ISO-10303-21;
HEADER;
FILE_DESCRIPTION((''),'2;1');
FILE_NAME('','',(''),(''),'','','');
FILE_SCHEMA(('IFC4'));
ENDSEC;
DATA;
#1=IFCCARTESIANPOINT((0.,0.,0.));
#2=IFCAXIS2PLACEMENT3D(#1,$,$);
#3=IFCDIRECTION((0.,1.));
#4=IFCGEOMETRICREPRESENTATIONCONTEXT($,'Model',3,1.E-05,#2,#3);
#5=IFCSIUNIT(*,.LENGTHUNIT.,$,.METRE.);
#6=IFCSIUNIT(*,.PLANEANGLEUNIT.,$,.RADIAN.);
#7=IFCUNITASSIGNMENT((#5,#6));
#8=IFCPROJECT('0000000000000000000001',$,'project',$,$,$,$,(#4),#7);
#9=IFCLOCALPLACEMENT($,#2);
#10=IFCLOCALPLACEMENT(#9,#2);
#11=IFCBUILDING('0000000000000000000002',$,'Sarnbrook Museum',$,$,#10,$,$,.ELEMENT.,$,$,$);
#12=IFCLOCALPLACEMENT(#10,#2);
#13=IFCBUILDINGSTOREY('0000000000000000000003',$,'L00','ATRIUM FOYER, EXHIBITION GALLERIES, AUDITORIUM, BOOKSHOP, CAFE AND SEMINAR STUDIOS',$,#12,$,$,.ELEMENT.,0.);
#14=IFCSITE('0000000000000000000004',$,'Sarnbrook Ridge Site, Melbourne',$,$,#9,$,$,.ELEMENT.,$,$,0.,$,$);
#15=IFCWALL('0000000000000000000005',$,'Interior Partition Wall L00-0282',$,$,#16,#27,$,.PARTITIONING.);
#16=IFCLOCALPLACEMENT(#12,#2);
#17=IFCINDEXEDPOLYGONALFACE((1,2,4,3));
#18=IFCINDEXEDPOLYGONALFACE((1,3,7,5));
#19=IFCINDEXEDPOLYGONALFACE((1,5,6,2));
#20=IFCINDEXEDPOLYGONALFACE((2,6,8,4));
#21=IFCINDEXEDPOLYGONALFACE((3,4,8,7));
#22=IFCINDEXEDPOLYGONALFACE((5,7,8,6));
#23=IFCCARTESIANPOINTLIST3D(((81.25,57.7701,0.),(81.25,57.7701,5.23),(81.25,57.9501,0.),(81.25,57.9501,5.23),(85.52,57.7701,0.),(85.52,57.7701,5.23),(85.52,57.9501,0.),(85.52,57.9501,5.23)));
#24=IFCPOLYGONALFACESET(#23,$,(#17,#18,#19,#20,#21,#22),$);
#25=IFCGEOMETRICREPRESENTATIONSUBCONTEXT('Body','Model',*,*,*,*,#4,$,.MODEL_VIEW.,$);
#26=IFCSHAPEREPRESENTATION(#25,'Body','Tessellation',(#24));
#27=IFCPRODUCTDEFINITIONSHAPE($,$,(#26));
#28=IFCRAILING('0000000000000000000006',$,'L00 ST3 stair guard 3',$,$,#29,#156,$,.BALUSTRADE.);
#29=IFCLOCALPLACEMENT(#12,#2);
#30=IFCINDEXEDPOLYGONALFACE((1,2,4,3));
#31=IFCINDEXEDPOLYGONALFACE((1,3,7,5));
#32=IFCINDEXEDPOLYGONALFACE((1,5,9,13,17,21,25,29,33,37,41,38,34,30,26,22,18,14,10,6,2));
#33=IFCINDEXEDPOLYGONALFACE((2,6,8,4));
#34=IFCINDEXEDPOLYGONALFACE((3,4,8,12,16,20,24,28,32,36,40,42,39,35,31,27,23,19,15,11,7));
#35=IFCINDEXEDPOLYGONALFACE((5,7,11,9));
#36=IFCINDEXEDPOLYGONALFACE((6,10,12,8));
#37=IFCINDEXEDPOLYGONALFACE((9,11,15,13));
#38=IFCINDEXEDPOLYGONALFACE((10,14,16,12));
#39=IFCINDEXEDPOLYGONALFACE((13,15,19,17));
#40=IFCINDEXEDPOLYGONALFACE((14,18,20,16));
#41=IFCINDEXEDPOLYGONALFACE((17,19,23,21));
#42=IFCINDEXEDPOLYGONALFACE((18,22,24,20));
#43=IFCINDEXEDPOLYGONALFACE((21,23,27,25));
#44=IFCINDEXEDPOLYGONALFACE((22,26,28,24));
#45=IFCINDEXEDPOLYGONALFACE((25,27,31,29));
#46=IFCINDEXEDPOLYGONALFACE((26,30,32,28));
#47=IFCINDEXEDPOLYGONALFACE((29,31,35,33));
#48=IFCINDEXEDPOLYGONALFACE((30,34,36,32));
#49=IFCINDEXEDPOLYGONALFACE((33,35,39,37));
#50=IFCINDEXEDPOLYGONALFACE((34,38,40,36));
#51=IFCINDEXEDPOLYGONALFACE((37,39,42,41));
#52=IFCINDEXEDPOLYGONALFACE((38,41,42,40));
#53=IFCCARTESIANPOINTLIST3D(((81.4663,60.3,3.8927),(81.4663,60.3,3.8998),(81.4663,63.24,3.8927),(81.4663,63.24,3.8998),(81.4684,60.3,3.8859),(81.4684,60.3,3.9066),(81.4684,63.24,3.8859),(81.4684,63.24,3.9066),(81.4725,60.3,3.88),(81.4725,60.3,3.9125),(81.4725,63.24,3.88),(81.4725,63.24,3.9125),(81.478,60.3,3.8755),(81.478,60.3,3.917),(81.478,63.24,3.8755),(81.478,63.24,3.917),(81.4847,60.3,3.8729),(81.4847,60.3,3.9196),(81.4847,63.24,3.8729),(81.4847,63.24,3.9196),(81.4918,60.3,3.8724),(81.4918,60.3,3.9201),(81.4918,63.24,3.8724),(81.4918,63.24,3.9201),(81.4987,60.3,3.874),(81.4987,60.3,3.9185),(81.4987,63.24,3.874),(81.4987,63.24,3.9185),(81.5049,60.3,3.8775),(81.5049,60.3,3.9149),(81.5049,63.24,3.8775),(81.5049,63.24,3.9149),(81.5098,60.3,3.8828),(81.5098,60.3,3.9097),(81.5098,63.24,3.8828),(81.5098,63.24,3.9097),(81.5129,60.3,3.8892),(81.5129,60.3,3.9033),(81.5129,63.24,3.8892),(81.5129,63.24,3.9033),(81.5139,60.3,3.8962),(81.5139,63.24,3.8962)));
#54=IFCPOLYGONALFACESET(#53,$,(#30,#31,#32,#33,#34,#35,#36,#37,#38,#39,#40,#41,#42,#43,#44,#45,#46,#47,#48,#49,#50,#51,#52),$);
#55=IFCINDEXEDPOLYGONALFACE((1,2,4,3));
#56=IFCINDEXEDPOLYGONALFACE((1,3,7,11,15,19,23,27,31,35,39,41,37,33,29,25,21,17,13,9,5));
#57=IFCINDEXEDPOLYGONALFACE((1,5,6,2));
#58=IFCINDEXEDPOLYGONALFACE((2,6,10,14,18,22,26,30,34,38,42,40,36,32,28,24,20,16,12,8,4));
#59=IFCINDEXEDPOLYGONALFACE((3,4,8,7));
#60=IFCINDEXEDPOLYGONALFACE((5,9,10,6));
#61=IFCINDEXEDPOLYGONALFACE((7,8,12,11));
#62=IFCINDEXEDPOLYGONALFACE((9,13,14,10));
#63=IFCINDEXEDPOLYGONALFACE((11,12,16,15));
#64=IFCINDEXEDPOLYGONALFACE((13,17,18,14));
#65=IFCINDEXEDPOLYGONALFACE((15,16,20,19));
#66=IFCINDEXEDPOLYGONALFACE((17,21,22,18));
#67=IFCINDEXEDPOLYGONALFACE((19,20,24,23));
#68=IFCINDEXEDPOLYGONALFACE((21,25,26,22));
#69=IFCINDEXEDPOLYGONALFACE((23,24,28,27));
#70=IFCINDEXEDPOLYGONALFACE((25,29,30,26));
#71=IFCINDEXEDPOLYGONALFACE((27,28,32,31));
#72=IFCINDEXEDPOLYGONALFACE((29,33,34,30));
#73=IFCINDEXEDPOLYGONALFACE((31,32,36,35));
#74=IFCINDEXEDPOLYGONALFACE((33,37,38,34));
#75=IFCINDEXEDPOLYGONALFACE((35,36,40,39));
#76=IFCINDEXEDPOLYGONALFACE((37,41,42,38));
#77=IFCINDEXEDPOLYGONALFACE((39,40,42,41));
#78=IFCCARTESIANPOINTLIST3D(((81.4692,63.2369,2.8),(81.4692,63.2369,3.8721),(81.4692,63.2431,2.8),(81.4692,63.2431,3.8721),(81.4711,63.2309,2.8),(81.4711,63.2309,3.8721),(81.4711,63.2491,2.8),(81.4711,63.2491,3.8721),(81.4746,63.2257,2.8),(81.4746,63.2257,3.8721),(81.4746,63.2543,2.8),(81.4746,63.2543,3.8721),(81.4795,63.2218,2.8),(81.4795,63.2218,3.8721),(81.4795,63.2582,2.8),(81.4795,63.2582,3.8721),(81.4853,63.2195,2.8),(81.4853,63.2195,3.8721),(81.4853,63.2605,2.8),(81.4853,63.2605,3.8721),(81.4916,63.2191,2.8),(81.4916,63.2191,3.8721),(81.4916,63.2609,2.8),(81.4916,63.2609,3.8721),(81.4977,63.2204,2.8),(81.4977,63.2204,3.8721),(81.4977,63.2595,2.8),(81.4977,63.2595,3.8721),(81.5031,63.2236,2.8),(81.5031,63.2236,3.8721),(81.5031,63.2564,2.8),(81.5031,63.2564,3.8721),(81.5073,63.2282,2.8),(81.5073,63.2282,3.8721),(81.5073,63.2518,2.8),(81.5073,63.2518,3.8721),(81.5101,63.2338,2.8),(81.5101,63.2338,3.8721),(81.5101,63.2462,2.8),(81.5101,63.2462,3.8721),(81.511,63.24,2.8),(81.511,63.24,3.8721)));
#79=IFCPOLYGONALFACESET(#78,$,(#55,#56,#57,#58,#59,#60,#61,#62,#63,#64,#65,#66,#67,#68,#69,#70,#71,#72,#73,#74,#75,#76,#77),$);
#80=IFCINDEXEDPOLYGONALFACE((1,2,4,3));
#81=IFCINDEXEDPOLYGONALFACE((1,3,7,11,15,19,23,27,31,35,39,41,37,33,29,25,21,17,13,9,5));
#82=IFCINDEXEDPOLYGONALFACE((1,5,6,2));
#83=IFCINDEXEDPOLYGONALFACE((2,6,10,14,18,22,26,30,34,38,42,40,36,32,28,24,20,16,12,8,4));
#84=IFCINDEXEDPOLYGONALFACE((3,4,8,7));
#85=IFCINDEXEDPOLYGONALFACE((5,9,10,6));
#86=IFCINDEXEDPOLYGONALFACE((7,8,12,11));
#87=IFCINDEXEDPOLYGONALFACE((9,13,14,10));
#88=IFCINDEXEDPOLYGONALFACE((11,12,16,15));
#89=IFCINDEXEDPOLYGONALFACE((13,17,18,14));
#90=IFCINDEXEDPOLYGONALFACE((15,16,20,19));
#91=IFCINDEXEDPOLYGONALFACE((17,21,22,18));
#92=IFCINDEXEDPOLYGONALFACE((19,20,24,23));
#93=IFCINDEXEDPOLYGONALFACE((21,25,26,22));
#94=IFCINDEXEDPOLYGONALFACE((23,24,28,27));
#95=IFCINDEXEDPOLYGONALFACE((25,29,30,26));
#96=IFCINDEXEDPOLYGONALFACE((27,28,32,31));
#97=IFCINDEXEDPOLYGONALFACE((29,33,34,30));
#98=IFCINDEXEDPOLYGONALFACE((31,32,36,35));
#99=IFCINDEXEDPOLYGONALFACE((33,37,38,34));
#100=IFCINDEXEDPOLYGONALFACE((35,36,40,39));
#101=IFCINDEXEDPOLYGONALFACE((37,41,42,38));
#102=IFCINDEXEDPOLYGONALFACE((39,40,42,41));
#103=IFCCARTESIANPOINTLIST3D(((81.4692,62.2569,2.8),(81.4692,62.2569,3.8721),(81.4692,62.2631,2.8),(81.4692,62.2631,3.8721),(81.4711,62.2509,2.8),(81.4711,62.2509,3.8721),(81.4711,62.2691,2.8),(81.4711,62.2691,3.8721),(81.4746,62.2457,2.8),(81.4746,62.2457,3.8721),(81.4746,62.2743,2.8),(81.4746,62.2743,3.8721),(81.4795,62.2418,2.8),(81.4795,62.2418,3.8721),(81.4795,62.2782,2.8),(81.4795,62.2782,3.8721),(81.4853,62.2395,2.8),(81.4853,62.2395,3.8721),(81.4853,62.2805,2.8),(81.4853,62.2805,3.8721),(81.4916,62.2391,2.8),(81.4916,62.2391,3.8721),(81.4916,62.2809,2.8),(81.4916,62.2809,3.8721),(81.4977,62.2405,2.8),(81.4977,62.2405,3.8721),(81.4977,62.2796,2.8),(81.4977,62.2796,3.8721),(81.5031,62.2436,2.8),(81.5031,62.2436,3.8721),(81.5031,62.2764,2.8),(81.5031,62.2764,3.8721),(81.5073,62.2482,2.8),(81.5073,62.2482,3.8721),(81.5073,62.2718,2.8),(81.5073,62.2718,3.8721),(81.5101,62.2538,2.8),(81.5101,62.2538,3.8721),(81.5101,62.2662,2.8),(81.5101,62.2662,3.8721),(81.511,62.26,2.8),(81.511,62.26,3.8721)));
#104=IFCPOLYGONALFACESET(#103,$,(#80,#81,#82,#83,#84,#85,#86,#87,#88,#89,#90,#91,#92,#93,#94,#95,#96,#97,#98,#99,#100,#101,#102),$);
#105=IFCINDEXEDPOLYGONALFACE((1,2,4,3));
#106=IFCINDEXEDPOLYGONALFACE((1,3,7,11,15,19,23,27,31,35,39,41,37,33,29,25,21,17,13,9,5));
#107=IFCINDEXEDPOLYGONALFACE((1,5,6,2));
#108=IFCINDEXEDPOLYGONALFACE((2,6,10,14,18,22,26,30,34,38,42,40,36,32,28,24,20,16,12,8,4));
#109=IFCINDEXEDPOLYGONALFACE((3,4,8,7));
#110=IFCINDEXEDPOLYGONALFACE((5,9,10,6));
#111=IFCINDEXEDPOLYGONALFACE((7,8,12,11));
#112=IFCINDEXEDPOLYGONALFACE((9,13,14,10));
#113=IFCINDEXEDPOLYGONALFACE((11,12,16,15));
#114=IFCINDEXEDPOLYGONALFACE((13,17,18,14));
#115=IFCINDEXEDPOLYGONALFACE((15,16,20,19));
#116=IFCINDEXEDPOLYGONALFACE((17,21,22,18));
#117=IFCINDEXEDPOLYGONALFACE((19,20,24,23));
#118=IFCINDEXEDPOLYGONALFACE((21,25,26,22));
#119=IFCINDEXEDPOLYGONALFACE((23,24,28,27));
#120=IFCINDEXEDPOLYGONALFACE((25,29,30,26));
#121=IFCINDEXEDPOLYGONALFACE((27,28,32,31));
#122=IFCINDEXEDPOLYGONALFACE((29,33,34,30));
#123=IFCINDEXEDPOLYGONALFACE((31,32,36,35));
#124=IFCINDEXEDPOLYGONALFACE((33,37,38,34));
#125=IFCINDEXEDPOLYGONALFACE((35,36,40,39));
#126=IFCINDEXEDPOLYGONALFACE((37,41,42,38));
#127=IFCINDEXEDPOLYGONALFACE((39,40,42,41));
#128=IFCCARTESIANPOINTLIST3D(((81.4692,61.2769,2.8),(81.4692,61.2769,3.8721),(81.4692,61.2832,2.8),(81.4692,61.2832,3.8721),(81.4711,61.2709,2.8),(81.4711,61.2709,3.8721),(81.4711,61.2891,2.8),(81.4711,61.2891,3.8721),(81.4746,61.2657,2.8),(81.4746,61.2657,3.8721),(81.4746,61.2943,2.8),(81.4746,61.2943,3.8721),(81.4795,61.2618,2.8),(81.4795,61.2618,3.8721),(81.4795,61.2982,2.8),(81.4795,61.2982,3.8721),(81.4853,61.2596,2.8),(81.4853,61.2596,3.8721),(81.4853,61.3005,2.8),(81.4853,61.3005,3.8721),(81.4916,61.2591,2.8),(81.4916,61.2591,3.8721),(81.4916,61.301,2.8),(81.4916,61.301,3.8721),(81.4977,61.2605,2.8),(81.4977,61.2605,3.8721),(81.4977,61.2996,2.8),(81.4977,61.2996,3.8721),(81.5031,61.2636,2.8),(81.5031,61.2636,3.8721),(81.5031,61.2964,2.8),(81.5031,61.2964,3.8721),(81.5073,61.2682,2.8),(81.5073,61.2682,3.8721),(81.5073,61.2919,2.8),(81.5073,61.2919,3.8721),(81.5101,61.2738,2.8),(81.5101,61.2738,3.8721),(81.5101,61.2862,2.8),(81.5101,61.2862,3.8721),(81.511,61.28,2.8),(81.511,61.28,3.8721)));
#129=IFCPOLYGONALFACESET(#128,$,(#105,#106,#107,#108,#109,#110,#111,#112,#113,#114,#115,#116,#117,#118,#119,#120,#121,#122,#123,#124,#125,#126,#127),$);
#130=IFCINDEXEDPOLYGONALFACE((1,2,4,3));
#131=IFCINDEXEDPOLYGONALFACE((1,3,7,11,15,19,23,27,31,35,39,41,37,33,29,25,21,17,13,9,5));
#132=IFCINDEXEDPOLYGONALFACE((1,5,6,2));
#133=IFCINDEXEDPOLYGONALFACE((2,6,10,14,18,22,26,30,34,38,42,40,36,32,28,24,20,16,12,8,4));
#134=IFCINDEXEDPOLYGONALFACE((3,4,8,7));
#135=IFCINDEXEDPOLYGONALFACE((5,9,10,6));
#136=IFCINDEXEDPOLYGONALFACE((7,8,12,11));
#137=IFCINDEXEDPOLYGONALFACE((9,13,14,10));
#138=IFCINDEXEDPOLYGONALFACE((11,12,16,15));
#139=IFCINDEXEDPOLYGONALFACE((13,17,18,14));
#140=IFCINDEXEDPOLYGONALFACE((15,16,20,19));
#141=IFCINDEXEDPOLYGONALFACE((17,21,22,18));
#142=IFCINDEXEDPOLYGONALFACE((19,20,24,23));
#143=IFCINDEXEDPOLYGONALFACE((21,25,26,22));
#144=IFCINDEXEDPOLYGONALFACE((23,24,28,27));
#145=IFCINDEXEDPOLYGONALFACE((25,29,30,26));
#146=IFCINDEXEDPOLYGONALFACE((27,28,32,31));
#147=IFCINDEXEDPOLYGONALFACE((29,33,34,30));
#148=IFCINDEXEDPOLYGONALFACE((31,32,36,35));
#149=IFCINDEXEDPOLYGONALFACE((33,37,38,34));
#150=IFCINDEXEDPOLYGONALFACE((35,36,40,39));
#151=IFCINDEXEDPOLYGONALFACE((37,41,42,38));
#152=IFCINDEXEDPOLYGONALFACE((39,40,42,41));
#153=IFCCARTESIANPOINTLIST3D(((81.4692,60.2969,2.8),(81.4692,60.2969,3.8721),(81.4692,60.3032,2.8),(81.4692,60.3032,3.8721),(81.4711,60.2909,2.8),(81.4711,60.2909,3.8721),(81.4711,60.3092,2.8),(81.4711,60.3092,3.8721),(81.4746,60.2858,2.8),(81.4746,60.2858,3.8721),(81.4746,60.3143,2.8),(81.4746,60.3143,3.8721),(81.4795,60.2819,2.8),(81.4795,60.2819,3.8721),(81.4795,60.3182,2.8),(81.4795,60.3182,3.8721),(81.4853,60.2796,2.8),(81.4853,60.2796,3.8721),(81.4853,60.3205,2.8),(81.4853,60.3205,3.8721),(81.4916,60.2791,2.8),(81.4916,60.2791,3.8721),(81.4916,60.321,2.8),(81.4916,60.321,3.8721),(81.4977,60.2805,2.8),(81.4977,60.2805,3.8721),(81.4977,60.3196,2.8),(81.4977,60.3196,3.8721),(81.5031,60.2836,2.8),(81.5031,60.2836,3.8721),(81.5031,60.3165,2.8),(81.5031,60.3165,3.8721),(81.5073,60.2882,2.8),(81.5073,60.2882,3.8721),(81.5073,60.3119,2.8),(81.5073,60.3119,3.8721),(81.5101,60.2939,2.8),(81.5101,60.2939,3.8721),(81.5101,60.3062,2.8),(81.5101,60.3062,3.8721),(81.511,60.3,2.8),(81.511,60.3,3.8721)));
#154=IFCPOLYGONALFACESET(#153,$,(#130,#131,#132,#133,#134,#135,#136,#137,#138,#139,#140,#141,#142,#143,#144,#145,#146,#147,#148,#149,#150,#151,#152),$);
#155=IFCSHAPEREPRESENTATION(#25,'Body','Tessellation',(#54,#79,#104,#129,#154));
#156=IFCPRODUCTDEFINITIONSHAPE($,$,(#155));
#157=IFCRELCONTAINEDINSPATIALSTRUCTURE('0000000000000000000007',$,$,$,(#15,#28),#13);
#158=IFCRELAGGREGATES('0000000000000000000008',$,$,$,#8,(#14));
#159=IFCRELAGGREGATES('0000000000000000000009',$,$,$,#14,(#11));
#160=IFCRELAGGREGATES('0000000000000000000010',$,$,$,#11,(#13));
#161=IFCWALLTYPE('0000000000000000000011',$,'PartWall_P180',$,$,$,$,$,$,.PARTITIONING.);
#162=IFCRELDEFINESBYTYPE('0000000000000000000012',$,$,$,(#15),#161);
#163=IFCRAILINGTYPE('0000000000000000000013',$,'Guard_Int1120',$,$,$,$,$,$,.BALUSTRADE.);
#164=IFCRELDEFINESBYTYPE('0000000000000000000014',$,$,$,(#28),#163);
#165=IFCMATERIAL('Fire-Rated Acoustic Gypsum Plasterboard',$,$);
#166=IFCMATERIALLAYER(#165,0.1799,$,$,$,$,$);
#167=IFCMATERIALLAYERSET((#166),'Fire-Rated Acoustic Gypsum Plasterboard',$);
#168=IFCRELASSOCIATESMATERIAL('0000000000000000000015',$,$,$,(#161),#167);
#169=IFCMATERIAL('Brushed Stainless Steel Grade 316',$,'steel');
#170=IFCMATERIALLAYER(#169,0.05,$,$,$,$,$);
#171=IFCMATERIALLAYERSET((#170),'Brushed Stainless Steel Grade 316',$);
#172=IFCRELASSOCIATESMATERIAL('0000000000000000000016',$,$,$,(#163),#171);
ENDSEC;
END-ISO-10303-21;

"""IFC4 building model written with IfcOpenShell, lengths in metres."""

from ifc_helpers import new_model, si_unit, direction, frame, frame_2d, origin, origin_2d, place, context, subcontext, project, spatial, rectangle, circle, extrude, material, layer, layer_set, type_object, element, save


model = new_model("IFC4")

# Units and contexts
model_context = context("Model", 3, precision=1e-05, world=origin(), true_north=direction((0.0, 1.0)))
body_context = subcontext(model_context, "Body", "Model", "MODEL_VIEW")
ifc_project = project(units=[si_unit("LENGTHUNIT", "METRE"), si_unit("PLANEANGLEUNIT", "RADIAN")], contexts=[model_context])

# Site, building, storey
site_placement = place(None, origin())
site = spatial("IfcSite", under=ifc_project, at=site_placement, Name="Sarnbrook Ridge Site, Melbourne", CompositionType="ELEMENT", RefElevation=0.0)
building_placement = place(site_placement, origin())
building = spatial("IfcBuilding", under=site, at=building_placement, Name="Sarnbrook Museum", CompositionType="ELEMENT")
storey_placement = place(building_placement, origin())
storey = spatial("IfcBuildingStorey", under=building, at=storey_placement, Name="L00", Description="ATRIUM FOYER, EXHIBITION GALLERIES, AUDITORIUM, BOOKSHOP, CAFE AND SEMINAR STUDIOS", CompositionType="ELEMENT", Elevation=0.0)

# Shared definitions
ifc_material_1 = material(Name="Brushed Stainless Steel Grade 316", Category="steel")

# Wall
ifc_material_2 = material(Name="Fire-Rated Acoustic Gypsum Plasterboard")
ifc_layer_1 = layer(ifc_material_2, 0.1799)
ifc_layer_set_1 = layer_set([ifc_layer_1], Name="Fire-Rated Acoustic Gypsum Plasterboard")
wall_type_1 = type_object("IfcWallType", Name="PartWall_P180", PredefinedType="PARTITIONING", material=ifc_layer_set_1)
wall_1_placement = place(storey_placement, frame((81.25, 57.8601, 0.0), z_axis=(0.0, 0.0, 1.0), x_axis=(1.0, 0.0, 0.0)))
element("IfcWall", 1, at=wall_1_placement, inside=storey, type_object=wall_type_1, Name="Interior Partition Wall L00-0282", PredefinedType="PARTITIONING", context=body_context, shape_type="SweptSolid", body=[
    extrude(rectangle(XDim=4.27, YDim=0.1799, at=frame_2d((2.135, 0.0))), origin(), (0.0, 0.0, 1.0), 5.23),
])

# Railing
ifc_layer_2 = layer(ifc_material_1, 0.05)
ifc_layer_set_2 = layer_set([ifc_layer_2], Name="Brushed Stainless Steel Grade 316")
railing_type_1 = type_object("IfcRailingType", Name="Guard_Int1120", PredefinedType="BALUSTRADE", material=ifc_layer_set_2)
railing_1_placement = place(storey_placement, frame((81.49, 63.24, 2.8)))
element("IfcRailing", 2, at=railing_1_placement, inside=storey, type_object=railing_type_1, Name="L00 ST3 stair guard 3", PredefinedType="BALUSTRADE", context=body_context, shape_type="SweptSolid", body=[
    extrude(circle(Radius=0.0239, at=origin_2d()), frame((0.0, 0.0, 1.0962), z_axis=(0.0, -1.0, 0.0), x_axis=(1.0, 0.0, 0.0)), (0.0, 0.0, 1.0), 2.9399),
    extrude(circle(Radius=0.021, at=origin_2d()), origin(), (0.0, 0.0, 1.0), 1.072),
    extrude(circle(Radius=0.021, at=origin_2d()), frame((0.0, -0.98, 0.0)), (0.0, 0.0, 1.0), 1.072),
    extrude(circle(Radius=0.021, at=origin_2d()), frame((0.0, -1.96, 0.0)), (0.0, 0.0, 1.0), 1.072),
    extrude(circle(Radius=0.021, at=origin_2d()), frame((0.0, -2.9399, 0.0)), (0.0, 0.0, 1.0), 1.072),
])

save(model, "model.ifc")
